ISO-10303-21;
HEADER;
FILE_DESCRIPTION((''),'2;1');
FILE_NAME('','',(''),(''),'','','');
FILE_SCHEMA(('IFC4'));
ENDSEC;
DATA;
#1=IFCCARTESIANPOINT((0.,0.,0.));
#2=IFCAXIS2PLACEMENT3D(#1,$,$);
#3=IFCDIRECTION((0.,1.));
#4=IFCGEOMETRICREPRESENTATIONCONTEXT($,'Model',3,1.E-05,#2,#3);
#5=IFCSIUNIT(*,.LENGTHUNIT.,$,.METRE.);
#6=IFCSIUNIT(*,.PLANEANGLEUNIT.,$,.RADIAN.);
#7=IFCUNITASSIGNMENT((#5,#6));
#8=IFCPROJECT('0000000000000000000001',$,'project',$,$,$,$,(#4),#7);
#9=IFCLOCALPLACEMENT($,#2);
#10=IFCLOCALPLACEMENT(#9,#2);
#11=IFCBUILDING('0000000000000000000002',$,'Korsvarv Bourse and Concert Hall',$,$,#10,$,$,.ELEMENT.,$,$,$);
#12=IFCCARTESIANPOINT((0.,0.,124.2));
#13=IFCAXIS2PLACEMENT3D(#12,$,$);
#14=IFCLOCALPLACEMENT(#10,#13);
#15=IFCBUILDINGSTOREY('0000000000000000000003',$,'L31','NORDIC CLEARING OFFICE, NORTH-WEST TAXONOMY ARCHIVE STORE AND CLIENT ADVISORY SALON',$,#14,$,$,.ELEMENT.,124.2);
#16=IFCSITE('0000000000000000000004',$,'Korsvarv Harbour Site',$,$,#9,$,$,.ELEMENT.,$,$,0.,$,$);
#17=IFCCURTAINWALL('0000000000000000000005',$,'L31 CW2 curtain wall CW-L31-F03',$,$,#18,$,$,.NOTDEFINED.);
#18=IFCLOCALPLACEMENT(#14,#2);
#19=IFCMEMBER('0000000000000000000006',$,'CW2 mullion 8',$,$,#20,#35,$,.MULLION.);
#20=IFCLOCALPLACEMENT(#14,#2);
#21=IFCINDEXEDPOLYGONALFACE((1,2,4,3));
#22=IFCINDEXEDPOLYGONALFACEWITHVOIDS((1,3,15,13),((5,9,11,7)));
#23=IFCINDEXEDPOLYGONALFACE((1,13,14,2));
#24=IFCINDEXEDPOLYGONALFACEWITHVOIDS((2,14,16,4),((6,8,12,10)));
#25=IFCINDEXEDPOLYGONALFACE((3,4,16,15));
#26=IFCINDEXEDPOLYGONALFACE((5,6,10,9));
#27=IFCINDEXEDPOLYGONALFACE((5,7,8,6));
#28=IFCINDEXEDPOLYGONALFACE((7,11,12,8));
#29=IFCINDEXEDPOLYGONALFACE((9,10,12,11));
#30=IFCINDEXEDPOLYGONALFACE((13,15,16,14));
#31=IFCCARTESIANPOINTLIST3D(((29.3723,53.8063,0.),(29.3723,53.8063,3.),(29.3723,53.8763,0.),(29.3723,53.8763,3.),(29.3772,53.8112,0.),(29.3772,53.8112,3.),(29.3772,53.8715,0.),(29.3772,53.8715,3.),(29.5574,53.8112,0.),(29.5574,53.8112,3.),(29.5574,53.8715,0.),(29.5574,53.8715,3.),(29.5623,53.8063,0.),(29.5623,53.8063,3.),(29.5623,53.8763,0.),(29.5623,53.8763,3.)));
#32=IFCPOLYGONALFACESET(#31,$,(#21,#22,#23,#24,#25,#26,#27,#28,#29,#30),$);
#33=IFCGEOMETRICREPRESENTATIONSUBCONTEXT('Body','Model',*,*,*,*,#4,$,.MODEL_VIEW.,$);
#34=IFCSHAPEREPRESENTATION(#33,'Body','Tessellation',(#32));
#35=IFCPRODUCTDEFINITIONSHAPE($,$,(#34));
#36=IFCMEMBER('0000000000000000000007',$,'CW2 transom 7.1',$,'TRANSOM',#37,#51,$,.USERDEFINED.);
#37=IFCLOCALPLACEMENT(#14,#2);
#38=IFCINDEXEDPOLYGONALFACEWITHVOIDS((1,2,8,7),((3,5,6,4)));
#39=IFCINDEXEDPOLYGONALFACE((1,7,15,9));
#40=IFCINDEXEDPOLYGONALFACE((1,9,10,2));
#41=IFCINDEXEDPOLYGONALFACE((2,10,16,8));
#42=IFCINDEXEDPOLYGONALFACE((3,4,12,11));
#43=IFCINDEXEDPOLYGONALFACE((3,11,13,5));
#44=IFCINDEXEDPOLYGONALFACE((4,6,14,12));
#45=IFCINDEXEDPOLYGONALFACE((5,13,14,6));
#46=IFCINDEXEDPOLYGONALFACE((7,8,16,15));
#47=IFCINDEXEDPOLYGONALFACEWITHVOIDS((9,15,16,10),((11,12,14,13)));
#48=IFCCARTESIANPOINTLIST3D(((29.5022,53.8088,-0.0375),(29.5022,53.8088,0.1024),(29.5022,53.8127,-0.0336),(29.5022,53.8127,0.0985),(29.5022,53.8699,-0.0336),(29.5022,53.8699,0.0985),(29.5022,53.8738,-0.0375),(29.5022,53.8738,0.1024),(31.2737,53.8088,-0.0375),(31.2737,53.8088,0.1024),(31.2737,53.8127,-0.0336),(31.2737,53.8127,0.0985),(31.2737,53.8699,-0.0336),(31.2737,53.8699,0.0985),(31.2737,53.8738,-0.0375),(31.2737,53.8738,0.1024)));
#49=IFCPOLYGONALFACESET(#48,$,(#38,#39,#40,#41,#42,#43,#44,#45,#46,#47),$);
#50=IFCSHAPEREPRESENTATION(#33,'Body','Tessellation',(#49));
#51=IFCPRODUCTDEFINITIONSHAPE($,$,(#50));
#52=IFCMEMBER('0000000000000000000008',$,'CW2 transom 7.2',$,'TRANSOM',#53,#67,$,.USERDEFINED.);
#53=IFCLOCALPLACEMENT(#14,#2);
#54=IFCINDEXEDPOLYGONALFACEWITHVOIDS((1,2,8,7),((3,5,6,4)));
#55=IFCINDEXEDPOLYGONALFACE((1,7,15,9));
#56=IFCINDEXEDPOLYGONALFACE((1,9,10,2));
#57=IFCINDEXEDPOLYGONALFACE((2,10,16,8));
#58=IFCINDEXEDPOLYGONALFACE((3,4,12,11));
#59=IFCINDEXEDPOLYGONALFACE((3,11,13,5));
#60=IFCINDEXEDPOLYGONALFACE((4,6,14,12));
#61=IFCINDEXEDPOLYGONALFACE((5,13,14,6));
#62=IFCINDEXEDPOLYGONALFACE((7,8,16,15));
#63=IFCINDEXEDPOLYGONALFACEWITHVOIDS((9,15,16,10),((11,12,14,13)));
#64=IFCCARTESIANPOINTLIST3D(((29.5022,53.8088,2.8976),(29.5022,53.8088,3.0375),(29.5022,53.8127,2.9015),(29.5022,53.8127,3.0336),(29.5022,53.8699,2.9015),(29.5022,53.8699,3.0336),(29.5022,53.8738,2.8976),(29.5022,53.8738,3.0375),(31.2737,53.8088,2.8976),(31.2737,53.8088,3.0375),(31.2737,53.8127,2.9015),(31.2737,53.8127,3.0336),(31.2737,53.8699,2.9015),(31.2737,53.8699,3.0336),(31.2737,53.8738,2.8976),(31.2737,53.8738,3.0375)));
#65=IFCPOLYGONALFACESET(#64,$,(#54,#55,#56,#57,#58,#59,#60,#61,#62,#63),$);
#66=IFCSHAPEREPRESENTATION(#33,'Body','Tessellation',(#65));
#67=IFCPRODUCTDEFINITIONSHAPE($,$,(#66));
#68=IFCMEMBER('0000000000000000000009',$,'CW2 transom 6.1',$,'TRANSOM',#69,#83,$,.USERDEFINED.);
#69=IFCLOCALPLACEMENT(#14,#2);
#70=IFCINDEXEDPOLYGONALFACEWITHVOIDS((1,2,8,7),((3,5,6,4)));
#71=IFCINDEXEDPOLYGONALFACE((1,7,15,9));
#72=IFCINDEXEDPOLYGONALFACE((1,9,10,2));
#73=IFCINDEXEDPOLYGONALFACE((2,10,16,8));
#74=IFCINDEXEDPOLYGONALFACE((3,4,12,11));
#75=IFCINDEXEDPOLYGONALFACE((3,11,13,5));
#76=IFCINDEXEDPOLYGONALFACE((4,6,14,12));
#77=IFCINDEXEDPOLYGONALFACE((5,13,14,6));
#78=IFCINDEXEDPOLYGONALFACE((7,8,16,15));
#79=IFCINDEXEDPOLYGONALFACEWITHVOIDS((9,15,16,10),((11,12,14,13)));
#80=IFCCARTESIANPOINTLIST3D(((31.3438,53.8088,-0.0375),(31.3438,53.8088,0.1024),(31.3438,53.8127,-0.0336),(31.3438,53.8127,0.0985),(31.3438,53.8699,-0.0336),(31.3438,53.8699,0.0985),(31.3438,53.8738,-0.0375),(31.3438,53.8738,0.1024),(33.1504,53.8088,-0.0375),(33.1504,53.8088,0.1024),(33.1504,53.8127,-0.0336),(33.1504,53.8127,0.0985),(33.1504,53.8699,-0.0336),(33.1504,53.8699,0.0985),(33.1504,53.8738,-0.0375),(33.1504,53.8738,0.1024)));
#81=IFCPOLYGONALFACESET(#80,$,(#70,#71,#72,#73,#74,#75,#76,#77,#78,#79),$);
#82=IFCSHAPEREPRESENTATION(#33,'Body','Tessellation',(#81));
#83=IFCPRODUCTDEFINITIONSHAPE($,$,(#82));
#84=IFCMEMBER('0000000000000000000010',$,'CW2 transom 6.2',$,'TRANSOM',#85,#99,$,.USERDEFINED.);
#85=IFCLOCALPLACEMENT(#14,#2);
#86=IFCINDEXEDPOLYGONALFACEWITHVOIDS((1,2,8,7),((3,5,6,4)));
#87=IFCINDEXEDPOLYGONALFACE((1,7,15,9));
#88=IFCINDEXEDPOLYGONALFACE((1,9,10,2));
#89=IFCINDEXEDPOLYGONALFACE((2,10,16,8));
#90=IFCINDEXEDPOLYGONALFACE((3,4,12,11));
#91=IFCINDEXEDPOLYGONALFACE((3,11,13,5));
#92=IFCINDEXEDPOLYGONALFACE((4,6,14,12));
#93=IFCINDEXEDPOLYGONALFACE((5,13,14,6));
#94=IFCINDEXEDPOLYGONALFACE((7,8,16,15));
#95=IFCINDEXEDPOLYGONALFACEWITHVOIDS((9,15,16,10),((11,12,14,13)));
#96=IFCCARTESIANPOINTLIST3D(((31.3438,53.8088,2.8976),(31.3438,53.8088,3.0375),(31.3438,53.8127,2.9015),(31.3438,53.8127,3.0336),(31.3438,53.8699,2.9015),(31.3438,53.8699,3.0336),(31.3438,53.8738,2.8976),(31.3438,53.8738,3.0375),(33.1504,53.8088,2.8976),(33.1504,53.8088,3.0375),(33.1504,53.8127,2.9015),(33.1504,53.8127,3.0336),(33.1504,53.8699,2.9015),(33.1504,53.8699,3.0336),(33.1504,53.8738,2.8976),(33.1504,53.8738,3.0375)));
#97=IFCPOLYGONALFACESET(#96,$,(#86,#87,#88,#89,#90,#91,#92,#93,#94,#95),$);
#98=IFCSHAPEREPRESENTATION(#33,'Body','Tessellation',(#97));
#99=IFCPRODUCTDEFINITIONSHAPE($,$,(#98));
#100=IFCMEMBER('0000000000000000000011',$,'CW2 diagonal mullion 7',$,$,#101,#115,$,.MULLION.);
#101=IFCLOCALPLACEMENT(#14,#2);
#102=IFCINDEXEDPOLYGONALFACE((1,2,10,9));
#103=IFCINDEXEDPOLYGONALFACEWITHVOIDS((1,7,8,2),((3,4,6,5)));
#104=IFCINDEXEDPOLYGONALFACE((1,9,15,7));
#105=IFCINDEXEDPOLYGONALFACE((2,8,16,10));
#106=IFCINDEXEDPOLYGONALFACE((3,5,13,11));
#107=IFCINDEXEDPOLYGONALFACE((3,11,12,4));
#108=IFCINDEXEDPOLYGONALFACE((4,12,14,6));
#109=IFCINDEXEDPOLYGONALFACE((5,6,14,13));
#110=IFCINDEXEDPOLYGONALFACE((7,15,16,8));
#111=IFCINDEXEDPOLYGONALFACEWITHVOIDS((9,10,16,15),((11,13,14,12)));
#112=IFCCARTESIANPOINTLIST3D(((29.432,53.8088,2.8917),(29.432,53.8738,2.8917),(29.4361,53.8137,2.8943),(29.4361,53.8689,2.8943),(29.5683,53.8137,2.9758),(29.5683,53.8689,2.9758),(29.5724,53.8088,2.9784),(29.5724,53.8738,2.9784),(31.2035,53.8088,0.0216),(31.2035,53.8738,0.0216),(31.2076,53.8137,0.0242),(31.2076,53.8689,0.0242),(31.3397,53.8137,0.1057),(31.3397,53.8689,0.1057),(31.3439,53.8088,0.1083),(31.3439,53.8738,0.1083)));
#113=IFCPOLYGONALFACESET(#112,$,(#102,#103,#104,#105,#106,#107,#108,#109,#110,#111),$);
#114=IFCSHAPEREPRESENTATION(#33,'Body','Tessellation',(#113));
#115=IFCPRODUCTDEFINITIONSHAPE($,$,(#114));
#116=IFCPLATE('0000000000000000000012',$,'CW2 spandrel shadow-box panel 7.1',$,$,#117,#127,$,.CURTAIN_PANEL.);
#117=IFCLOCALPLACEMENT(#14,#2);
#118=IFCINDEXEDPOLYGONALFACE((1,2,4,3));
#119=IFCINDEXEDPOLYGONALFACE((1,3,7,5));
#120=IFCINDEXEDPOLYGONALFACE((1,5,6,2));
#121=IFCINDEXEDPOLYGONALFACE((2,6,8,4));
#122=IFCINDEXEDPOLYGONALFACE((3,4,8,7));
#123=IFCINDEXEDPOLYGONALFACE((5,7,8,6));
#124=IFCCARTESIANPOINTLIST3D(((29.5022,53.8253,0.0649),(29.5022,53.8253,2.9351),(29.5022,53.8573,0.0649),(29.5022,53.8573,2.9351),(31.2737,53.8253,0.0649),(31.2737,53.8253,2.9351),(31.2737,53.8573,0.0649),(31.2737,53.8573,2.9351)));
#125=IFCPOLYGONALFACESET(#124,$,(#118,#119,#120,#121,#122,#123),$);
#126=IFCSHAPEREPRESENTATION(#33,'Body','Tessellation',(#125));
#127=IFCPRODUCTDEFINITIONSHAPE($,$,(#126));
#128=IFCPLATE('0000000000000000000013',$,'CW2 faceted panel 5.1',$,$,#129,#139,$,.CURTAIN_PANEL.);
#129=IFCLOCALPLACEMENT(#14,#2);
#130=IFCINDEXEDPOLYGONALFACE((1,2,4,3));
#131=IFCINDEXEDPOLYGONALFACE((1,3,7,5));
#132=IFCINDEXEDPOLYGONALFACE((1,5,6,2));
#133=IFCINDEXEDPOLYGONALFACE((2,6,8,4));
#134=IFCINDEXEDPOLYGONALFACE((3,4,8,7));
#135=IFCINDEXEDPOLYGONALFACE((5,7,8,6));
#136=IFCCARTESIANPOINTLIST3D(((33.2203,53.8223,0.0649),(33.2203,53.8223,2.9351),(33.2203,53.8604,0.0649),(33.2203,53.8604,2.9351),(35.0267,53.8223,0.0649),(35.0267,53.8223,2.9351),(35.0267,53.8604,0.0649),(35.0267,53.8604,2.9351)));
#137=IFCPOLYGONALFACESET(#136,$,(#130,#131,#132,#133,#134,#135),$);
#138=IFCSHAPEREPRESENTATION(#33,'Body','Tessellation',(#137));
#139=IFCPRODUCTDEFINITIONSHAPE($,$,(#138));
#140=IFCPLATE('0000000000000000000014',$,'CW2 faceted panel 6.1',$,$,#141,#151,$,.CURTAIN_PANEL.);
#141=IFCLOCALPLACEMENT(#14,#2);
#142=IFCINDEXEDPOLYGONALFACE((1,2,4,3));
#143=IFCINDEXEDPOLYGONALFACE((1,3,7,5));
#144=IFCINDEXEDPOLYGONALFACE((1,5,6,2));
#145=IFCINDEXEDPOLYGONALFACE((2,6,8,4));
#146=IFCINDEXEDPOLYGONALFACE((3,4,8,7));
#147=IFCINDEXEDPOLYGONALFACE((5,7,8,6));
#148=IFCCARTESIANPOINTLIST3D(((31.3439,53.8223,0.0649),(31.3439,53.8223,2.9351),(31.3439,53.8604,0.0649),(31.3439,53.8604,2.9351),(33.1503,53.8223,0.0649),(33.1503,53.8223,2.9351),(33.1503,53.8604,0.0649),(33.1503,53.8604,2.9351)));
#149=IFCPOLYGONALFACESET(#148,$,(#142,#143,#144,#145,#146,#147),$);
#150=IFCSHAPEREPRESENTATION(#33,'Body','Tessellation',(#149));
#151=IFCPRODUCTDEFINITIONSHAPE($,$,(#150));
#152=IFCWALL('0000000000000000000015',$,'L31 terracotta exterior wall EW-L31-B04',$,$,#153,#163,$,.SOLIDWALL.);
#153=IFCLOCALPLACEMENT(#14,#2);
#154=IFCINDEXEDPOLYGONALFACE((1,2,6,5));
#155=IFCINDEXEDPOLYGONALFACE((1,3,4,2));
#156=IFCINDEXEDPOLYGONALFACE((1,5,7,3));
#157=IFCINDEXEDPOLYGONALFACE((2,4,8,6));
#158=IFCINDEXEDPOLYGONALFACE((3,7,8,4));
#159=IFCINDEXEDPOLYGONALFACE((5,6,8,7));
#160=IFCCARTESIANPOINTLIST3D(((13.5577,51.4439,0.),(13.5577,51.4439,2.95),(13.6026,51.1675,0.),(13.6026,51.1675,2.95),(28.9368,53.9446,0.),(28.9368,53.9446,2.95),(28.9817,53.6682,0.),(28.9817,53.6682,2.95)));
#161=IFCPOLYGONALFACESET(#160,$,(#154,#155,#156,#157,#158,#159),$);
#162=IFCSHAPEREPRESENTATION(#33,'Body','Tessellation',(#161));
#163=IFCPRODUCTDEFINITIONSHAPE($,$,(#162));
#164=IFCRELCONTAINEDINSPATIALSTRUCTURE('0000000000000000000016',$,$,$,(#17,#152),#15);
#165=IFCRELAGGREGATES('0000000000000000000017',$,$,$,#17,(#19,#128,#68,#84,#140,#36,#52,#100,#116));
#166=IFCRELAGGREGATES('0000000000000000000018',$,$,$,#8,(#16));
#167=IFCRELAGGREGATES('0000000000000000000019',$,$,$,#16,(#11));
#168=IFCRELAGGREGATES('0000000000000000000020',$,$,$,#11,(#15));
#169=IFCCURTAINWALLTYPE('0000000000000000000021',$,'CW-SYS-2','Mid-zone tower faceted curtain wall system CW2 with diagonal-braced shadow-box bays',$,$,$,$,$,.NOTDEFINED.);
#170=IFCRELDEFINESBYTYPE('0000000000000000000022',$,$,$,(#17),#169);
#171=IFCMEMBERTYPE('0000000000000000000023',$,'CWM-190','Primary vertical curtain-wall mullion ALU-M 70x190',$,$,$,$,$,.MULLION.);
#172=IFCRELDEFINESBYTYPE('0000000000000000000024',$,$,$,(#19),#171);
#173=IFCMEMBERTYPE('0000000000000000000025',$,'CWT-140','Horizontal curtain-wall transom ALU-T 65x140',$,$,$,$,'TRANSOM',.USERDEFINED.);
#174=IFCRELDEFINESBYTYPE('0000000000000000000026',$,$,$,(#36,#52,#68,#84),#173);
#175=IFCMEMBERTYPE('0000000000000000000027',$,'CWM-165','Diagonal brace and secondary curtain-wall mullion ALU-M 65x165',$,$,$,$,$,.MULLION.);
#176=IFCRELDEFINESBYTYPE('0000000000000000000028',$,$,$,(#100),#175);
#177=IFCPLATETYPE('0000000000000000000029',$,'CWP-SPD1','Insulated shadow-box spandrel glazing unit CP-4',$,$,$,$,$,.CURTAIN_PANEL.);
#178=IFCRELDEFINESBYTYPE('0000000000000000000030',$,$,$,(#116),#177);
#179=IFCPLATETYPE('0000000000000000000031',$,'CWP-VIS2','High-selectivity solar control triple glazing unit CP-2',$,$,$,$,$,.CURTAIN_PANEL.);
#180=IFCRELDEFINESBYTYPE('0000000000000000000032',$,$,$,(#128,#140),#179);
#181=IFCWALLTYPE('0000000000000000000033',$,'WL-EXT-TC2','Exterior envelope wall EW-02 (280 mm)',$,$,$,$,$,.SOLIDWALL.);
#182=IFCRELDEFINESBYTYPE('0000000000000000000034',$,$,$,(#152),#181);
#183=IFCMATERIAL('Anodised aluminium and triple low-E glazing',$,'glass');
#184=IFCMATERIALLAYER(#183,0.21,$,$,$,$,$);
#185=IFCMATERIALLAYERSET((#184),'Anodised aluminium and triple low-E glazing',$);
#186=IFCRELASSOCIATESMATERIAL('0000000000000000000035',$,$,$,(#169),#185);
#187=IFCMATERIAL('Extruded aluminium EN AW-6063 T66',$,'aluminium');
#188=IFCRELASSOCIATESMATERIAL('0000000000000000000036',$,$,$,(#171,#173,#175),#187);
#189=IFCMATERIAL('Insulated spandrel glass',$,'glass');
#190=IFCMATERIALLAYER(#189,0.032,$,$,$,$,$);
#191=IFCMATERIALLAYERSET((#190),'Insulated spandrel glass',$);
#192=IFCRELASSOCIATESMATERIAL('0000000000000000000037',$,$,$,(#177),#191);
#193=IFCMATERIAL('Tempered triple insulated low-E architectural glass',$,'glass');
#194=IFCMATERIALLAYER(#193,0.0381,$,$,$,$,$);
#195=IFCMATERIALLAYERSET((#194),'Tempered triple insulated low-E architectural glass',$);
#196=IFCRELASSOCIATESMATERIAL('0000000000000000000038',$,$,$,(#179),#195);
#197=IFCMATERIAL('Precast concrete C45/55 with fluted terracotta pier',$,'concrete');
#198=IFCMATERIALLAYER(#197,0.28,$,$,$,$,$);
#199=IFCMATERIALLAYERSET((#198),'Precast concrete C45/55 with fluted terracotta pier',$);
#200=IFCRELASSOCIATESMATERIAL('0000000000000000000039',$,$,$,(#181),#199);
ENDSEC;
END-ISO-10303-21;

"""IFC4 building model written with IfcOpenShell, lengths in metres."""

from ifc_helpers import new_model, si_unit, direction, frame, frame_2d, origin, origin_2d, place, context, subcontext, project, spatial, rectangle, hollow_rectangle, extrude, source, transform, mapped, material, layer, layer_set, material_profile, profile_set, type_object, element, aggregate, save


model = new_model("IFC4")

# Units and contexts
model_context = context("Model", 3, precision=1e-05, world=origin(), true_north=direction((0.0, 1.0)))
body_context = subcontext(model_context, "Body", "Model", "MODEL_VIEW")
ifc_project = project(units=[si_unit("LENGTHUNIT", "METRE"), si_unit("PLANEANGLEUNIT", "RADIAN")], contexts=[model_context])

# Site, building, storey
site_placement = place(None, origin())
site = spatial("IfcSite", under=ifc_project, at=site_placement, Name="Korsvarv Harbour Site", CompositionType="ELEMENT", RefElevation=0.0)
building_placement = place(site_placement, origin())
building = spatial("IfcBuilding", under=site, at=building_placement, Name="Korsvarv Bourse and Concert Hall", CompositionType="ELEMENT")
storey_placement = place(building_placement, frame((0.0, 0.0, 124.2)))
storey = spatial("IfcBuildingStorey", under=building, at=storey_placement, Name="L31", Description="NORDIC CLEARING OFFICE, NORTH-WEST TAXONOMY ARCHIVE STORE AND CLIENT ADVISORY SALON", CompositionType="ELEMENT", Elevation=124.2)

# Curtain wall, members, plates
ifc_material_1 = material(Name="Anodised aluminium and triple low-E glazing", Category="glass")
ifc_layer_1 = layer(ifc_material_1, 0.21)
ifc_layer_set_1 = layer_set([ifc_layer_1], Name="Anodised aluminium and triple low-E glazing")
curtain_wall_type = type_object("IfcCurtainWallType", Name="CW-SYS-2", Description="Mid-zone tower faceted curtain wall system CW2 with diagonal-braced shadow-box bays", PredefinedType="NOTDEFINED", material=ifc_layer_set_1)
curtain_wall_placement = place(storey_placement, origin())
curtain_wall = element("IfcCurtainWall", 1, at=curtain_wall_placement, inside=storey, type_object=curtain_wall_type, Name="L31 CW2 curtain wall CW-L31-F03", PredefinedType="NOTDEFINED")
ifc_material_2 = material(Name="Extruded aluminium EN AW-6063 T66", Category="aluminium")
ifc_material_profile_1 = material_profile(ifc_material_2, hollow_rectangle(XDim=0.0701, YDim=0.1899, WallThickness=0.0049, at=origin_2d()), Name="ALU-M 70x190")
ifc_profile_set_1 = profile_set([ifc_material_profile_1], Name="Extruded aluminium EN AW-6063 T66")
member_type_1 = type_object("IfcMemberType", Name="CWM-190", Description="Primary vertical curtain-wall mullion ALU-M 70x190", PredefinedType="MULLION", material=ifc_profile_set_1)
shared_shape_1 = source(origin(), body_context, "Body", "SweptSolid", [
    extrude(hollow_rectangle(XDim=0.0701, YDim=0.1899, WallThickness=0.0049, at=origin_2d()), origin(), (0.0, 0.0, 1.0), 3.0),
])
member_1_placement = place(storey_placement, frame((29.4673, 53.8413, 0.0), z_axis=(0.0, 0.0, 1.0), x_axis=(0.0, -1.0, 0.0)))
member_1 = element("IfcMember", 2, at=member_1_placement, type_object=member_type_1, Name="CW2 mullion 8", PredefinedType="MULLION", context=body_context, shape_type="MappedRepresentation", body=[
    mapped(shared_shape_1, transform((0.0, 0.0, 0.0), scale=1.0)),
])
ifc_material_profile_2 = material_profile(ifc_material_2, hollow_rectangle(XDim=0.0649, YDim=0.1399, WallThickness=0.0039, at=origin_2d()), Name="ALU-T 65x140")
ifc_profile_set_2 = profile_set([ifc_material_profile_2], Name="Extruded aluminium EN AW-6063 T66")
member_type_2 = type_object("IfcMemberType", Name="CWT-140", Description="Horizontal curtain-wall transom ALU-T 65x140", ElementType="TRANSOM", PredefinedType="USERDEFINED", material=ifc_profile_set_2)
shared_shape_2 = source(origin(), body_context, "Body", "SweptSolid", [
    extrude(hollow_rectangle(XDim=0.0649, YDim=0.1399, WallThickness=0.0039, at=origin_2d()), origin(), (0.0, 0.0, 1.0), 1.7715),
])
member_2_placement = place(storey_placement, frame((31.2737, 53.8413, 0.0325), z_axis=(-1.0, 0.0, 0.0), x_axis=(0.0, -1.0, 0.0)))
member_2 = element("IfcMember", 3, at=member_2_placement, type_object=member_type_2, Name="CW2 transom 7.1", ObjectType="TRANSOM", PredefinedType="USERDEFINED", context=body_context, shape_type="MappedRepresentation", body=[
    mapped(shared_shape_2, transform((0.0, 0.0, 0.0), scale=1.0)),
])
member_3_placement = place(storey_placement, frame((31.2737, 53.8413, 2.9675), z_axis=(-1.0, 0.0, 0.0), x_axis=(0.0, -1.0, 0.0)))
member_3 = element("IfcMember", 4, at=member_3_placement, type_object=member_type_2, Name="CW2 transom 7.2", ObjectType="TRANSOM", PredefinedType="USERDEFINED", context=body_context, shape_type="MappedRepresentation", body=[
    mapped(shared_shape_2, transform((0.0, 0.0, 0.0), scale=1.0)),
])
shared_shape_3 = source(origin(), body_context, "Body", "SweptSolid", [
    extrude(hollow_rectangle(XDim=0.0649, YDim=0.1399, WallThickness=0.0039, at=origin_2d()), origin(), (0.0, 0.0, 1.0), 1.8066),
])
member_4_placement = place(storey_placement, frame((33.1504, 53.8413, 0.0325), z_axis=(-1.0, 0.0, 0.0), x_axis=(0.0, -1.0, 0.0)))
member_4 = element("IfcMember", 5, at=member_4_placement, type_object=member_type_2, Name="CW2 transom 6.1", ObjectType="TRANSOM", PredefinedType="USERDEFINED", context=body_context, shape_type="MappedRepresentation", body=[
    mapped(shared_shape_3, transform((0.0, 0.0, 0.0), scale=1.0)),
])
member_5_placement = place(storey_placement, frame((33.1504, 53.8413, 2.9675), z_axis=(-1.0, 0.0, 0.0), x_axis=(0.0, -1.0, 0.0)))
member_5 = element("IfcMember", 6, at=member_5_placement, type_object=member_type_2, Name="CW2 transom 6.2", ObjectType="TRANSOM", PredefinedType="USERDEFINED", context=body_context, shape_type="MappedRepresentation", body=[
    mapped(shared_shape_3, transform((0.0, 0.0, 0.0), scale=1.0)),
])
ifc_material_profile_3 = material_profile(ifc_material_2, hollow_rectangle(XDim=0.0649, YDim=0.165, WallThickness=0.0049, at=origin_2d()), Name="ALU-M 65x165")
ifc_profile_set_3 = profile_set([ifc_material_profile_3], Name="Extruded aluminium EN AW-6063 T66")
member_type_3 = type_object("IfcMemberType", Name="CWM-165", Description="Diagonal brace and secondary curtain-wall mullion ALU-M 65x165", PredefinedType="MULLION", material=ifc_profile_set_3)
shared_shape_4 = source(origin(), body_context, "Body", "SweptSolid", [
    extrude(hollow_rectangle(XDim=0.0649, YDim=0.165, WallThickness=0.0049, at=origin_2d()), origin(), (0.0, 0.0, 1.0), 3.3728),
])
member_6_placement = place(storey_placement, frame((31.2737, 53.8413, 0.0649), z_axis=(-0.525228, 0.0, 0.850962), x_axis=(0.0, -1.0, 0.0)))
member_6 = element("IfcMember", 7, at=member_6_placement, type_object=member_type_3, Name="CW2 diagonal mullion 7", PredefinedType="MULLION", context=body_context, shape_type="MappedRepresentation", body=[
    mapped(shared_shape_4, transform((0.0, 0.0, 0.0), scale=1.0)),
])
ifc_material_3 = material(Name="Insulated spandrel glass", Category="glass")
ifc_layer_2 = layer(ifc_material_3, 0.032)
ifc_layer_set_2 = layer_set([ifc_layer_2], Name="Insulated spandrel glass")
plate_type_1 = type_object("IfcPlateType", Name="CWP-SPD1", Description="Insulated shadow-box spandrel glazing unit CP-4", PredefinedType="CURTAIN_PANEL", material=ifc_layer_set_2)
shared_shape_5 = source(origin(), body_context, "Body", "SweptSolid", [
    extrude(rectangle(XDim=1.7715, YDim=0.032, at=origin_2d()), origin(), (0.0, 0.0, 1.0), 2.8701),
])
plate_1_placement = place(storey_placement, frame((30.3879, 53.8413, 0.0649), z_axis=(0.0, 0.0, 1.0), x_axis=(-1.0, 0.0, 0.0)))
plate_1 = element("IfcPlate", 8, at=plate_1_placement, type_object=plate_type_1, Name="CW2 spandrel shadow-box panel 7.1", PredefinedType="CURTAIN_PANEL", context=body_context, shape_type="MappedRepresentation", body=[
    mapped(shared_shape_5, transform((0.0, 0.0, 0.0), scale=1.0)),
])
ifc_material_4 = material(Name="Tempered triple insulated low-E architectural glass", Category="glass")
ifc_layer_3 = layer(ifc_material_4, 0.0381)
ifc_layer_set_3 = layer_set([ifc_layer_3], Name="Tempered triple insulated low-E architectural glass")
plate_type_2 = type_object("IfcPlateType", Name="CWP-VIS2", Description="High-selectivity solar control triple glazing unit CP-2", PredefinedType="CURTAIN_PANEL", material=ifc_layer_set_3)
shared_shape_6 = source(origin(), body_context, "Body", "SweptSolid", [
    extrude(rectangle(XDim=1.8064, YDim=0.0381, at=origin_2d()), origin(), (0.0, 0.0, 1.0), 2.8701),
])
plate_2_placement = place(storey_placement, frame((34.1235, 53.8413, 0.0649), z_axis=(0.0, 0.0, 1.0), x_axis=(-1.0, 0.0, 0.0)))
plate_2 = element("IfcPlate", 9, at=plate_2_placement, type_object=plate_type_2, Name="CW2 faceted panel 5.1", PredefinedType="CURTAIN_PANEL", context=body_context, shape_type="MappedRepresentation", body=[
    mapped(shared_shape_6, transform((0.0, 0.0, 0.0), scale=1.0)),
])
plate_3_placement = place(storey_placement, frame((32.2471, 53.8413, 0.0649), z_axis=(0.0, 0.0, 1.0), x_axis=(-1.0, 0.0, 0.0)))
plate_3 = element("IfcPlate", 10, at=plate_3_placement, type_object=plate_type_2, Name="CW2 faceted panel 6.1", PredefinedType="CURTAIN_PANEL", context=body_context, shape_type="MappedRepresentation", body=[
    mapped(shared_shape_6, transform((0.0, 0.0, 0.0), scale=1.0)),
])
aggregate(curtain_wall, [member_1, plate_2, member_4, member_5, plate_3, member_2, member_3, member_6, plate_1])

# Wall
ifc_material_5 = material(Name="Precast concrete C45/55 with fluted terracotta pier", Category="concrete")
ifc_layer_4 = layer(ifc_material_5, 0.28)
ifc_layer_set_4 = layer_set([ifc_layer_4], Name="Precast concrete C45/55 with fluted terracotta pier")
wall_type_1 = type_object("IfcWallType", Name="WL-EXT-TC2", Description="Exterior envelope wall EW-02 (280 mm)", PredefinedType="SOLIDWALL", material=ifc_layer_set_4)
wall_1_placement = place(storey_placement, frame((28.9592, 53.8064, 0.0), z_axis=(0.0, 0.0, 1.0), x_axis=(-0.987036, -0.160497, 0.0)))
element("IfcWall", 11, at=wall_1_placement, inside=storey, type_object=wall_type_1, Name="L31 terracotta exterior wall EW-L31-B04", PredefinedType="SOLIDWALL", context=body_context, shape_type="SweptSolid", body=[
    extrude(rectangle(XDim=15.5811, YDim=0.28, at=frame_2d((7.7905, 0.0))), origin(), (0.0, 0.0, 1.0), 2.95),
])

save(model, "model.ifc")
